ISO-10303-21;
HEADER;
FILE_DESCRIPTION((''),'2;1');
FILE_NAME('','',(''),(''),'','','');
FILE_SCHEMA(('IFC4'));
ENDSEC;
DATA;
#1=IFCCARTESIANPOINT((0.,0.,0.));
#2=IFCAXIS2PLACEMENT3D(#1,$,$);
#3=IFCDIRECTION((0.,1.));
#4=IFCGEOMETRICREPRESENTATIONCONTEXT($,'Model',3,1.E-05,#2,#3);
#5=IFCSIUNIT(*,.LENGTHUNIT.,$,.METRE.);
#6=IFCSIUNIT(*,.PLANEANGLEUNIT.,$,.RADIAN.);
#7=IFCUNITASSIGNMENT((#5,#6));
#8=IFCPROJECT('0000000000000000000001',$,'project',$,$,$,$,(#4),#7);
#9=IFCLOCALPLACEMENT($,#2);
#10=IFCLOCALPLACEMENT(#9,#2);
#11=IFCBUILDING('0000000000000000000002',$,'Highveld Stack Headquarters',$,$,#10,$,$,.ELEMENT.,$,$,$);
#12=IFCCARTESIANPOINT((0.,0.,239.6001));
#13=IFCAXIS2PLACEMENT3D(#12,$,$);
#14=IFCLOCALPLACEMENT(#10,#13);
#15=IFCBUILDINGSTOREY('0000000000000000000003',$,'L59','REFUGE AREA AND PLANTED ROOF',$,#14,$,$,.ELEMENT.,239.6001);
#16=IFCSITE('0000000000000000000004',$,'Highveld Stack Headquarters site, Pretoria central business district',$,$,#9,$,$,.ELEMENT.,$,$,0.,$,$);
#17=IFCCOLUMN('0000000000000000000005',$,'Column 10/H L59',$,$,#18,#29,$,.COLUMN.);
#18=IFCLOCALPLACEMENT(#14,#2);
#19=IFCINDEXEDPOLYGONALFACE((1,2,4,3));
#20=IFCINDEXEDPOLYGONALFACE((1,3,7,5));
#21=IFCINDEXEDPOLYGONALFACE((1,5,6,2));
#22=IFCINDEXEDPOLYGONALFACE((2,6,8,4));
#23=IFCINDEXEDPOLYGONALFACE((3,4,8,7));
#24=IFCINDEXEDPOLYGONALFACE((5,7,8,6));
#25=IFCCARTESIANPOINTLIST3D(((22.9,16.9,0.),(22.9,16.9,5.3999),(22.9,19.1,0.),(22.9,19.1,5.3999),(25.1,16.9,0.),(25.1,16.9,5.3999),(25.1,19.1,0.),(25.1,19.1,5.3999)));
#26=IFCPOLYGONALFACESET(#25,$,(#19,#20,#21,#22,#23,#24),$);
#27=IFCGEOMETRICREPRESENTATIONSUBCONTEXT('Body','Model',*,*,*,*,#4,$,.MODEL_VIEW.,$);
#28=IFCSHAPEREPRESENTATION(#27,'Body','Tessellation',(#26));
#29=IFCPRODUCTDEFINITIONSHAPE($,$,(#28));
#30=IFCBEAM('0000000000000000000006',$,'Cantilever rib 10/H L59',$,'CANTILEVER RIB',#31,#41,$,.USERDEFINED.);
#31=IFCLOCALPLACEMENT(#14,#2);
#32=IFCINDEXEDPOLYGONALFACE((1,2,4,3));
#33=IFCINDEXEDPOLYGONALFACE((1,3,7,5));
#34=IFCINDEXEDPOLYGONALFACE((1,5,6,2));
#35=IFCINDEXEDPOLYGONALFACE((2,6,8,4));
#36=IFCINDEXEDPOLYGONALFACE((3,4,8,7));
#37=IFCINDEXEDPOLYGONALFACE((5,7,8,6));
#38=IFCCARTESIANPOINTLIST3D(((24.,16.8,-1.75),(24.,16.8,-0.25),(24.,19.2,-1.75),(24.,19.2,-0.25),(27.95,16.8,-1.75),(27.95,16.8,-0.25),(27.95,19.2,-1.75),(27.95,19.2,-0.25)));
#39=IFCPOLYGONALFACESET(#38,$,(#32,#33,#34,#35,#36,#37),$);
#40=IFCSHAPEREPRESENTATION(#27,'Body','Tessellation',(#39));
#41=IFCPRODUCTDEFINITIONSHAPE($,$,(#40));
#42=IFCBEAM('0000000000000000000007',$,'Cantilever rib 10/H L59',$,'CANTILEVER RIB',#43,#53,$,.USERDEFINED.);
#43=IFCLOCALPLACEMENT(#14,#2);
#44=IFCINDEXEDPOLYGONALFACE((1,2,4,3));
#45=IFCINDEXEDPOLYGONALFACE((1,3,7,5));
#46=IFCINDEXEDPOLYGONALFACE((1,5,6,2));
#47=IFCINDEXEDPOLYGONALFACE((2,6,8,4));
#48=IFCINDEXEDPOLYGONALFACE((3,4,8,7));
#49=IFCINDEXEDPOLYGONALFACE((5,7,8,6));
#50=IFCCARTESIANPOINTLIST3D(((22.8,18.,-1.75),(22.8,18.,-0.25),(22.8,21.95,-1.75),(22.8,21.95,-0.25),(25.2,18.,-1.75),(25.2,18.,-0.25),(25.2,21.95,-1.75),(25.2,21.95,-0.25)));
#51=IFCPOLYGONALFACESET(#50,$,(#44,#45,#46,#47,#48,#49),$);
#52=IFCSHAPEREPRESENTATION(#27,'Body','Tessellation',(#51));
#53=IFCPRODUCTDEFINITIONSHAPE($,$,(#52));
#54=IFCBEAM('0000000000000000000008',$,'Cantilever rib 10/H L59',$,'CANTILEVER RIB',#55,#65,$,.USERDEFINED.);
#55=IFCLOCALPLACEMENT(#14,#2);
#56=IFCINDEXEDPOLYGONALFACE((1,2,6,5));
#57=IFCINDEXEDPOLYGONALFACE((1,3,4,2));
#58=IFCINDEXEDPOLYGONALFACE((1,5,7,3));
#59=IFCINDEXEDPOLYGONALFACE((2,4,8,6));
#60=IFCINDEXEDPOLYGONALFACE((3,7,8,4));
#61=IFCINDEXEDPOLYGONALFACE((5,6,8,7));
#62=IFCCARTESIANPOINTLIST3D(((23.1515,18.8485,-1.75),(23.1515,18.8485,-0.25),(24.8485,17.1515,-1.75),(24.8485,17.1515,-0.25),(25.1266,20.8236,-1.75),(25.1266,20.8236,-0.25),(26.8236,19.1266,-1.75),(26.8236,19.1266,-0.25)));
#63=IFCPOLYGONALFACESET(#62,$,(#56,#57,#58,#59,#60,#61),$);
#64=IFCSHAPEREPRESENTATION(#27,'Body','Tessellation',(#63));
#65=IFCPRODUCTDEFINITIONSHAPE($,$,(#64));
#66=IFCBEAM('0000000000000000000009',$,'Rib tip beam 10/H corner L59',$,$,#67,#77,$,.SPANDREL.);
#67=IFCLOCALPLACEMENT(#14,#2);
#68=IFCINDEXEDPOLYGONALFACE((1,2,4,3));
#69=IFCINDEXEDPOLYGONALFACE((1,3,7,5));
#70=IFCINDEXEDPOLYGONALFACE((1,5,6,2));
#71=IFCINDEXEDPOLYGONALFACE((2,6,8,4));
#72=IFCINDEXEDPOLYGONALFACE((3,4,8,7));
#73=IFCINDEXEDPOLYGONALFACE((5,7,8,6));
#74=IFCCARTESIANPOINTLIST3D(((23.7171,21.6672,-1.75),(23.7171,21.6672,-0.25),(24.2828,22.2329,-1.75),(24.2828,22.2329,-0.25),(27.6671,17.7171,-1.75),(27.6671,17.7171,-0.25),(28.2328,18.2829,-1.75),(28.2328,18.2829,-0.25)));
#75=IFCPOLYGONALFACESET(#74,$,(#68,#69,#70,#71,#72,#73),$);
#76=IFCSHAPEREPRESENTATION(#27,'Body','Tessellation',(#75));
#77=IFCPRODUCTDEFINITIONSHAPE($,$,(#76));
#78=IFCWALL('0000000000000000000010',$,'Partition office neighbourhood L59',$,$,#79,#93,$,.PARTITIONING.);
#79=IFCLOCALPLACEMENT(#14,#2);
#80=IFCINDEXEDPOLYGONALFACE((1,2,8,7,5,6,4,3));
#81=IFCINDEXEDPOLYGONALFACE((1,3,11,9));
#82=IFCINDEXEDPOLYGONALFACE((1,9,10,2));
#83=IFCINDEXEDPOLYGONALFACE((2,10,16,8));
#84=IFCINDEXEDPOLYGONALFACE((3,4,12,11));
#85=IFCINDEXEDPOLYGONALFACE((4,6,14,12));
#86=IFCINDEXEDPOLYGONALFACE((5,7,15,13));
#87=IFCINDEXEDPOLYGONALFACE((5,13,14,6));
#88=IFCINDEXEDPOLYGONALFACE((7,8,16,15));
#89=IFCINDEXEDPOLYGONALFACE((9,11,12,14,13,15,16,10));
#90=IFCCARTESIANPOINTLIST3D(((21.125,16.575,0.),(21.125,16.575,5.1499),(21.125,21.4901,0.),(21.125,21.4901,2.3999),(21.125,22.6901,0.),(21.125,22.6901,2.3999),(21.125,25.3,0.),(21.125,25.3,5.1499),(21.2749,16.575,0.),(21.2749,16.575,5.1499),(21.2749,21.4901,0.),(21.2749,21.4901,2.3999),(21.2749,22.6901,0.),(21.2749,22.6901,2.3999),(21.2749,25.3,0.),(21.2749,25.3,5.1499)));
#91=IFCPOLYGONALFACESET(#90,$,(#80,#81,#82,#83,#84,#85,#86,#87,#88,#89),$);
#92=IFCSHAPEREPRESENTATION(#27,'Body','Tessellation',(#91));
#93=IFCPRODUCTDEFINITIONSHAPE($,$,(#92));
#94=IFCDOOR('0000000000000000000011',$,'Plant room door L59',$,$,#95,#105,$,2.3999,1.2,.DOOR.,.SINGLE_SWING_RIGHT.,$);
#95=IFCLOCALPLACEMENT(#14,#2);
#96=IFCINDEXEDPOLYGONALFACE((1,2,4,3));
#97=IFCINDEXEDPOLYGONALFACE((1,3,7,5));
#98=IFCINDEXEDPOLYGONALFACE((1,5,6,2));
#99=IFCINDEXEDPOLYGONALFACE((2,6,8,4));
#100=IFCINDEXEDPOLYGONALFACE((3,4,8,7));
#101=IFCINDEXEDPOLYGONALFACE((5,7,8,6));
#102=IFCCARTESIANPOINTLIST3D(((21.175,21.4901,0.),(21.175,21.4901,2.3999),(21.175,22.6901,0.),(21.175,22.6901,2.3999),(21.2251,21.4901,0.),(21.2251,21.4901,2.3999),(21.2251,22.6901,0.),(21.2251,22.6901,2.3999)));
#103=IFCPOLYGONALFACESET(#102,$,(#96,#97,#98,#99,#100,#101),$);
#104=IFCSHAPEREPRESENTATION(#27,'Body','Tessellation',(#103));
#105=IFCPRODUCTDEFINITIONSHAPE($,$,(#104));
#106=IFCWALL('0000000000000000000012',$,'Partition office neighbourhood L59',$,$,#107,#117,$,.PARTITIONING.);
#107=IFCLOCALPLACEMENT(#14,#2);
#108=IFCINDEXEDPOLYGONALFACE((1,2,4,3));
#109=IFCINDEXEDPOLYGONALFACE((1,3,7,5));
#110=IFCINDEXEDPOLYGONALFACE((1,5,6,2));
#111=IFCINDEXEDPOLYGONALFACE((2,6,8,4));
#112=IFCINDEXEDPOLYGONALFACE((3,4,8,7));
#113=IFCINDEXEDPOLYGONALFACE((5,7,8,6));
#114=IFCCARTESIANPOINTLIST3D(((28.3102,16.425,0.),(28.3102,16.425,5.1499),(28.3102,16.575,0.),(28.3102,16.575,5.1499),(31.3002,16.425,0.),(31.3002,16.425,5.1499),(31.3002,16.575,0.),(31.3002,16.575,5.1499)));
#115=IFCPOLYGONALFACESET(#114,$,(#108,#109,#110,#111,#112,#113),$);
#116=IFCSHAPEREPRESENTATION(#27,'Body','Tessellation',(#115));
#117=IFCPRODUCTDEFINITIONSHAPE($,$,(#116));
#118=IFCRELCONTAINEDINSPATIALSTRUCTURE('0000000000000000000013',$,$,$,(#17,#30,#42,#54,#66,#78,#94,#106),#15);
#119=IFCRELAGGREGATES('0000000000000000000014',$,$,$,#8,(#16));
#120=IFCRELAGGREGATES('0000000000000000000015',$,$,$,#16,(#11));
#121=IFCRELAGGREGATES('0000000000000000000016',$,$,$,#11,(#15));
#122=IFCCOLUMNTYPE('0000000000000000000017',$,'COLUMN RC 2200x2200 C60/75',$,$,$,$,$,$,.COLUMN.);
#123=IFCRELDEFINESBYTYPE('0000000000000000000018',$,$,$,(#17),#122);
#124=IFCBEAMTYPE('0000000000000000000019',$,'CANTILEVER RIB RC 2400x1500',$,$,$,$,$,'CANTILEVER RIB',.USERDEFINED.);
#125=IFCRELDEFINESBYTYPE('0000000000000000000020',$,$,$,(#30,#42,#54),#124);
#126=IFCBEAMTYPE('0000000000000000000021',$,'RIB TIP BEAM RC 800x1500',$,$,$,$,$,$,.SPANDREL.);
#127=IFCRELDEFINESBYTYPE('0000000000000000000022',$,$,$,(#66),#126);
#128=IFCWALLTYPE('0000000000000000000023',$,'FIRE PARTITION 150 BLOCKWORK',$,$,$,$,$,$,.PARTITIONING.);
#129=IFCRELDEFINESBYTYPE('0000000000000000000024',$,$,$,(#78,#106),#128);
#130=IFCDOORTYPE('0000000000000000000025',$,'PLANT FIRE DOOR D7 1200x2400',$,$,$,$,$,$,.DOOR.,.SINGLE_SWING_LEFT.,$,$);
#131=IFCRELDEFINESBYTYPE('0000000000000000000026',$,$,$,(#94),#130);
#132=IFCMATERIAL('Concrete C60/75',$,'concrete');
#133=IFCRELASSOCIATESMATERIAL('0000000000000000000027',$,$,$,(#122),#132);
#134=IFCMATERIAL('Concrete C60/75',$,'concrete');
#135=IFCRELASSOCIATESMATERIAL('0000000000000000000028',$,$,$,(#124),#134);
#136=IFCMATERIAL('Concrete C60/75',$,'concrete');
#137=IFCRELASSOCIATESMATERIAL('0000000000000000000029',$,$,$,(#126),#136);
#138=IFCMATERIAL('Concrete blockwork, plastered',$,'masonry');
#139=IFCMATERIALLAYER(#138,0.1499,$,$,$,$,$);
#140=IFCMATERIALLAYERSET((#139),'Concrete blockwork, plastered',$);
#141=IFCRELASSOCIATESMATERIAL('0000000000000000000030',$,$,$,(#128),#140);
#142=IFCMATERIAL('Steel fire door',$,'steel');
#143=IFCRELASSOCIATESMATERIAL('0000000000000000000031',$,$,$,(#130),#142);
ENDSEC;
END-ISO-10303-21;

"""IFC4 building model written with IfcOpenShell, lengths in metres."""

from ifc_helpers import new_model, si_unit, direction, frame, frame_2d, origin, origin_2d, place, context, subcontext, project, spatial, rectangle, extrude, material, layer, layer_set, material_profile, profile_set, type_object, element, fill, save


model = new_model("IFC4")

# Units and contexts
model_context = context("Model", 3, precision=1e-05, world=origin(), true_north=direction((0.0, 1.0)))
body_context = subcontext(model_context, "Body", "Model", "MODEL_VIEW")
ifc_project = project(units=[si_unit("LENGTHUNIT", "METRE"), si_unit("PLANEANGLEUNIT", "RADIAN")], contexts=[model_context])

# Site, building, storey
site_placement = place(None, origin())
site = spatial("IfcSite", under=ifc_project, at=site_placement, Name="Highveld Stack Headquarters site, Pretoria central business district", CompositionType="ELEMENT", RefElevation=0.0)
building_placement = place(site_placement, origin())
building = spatial("IfcBuilding", under=site, at=building_placement, Name="Highveld Stack Headquarters", CompositionType="ELEMENT")
storey_placement = place(building_placement, frame((0.0, 0.0, 239.6001)))
storey = spatial("IfcBuildingStorey", under=building, at=storey_placement, Name="L59", Description="REFUGE AREA AND PLANTED ROOF", CompositionType="ELEMENT", Elevation=239.6001)

# Column
ifc_material_1 = material(Name="Concrete C60/75", Category="concrete")
ifc_material_profile_1 = material_profile(ifc_material_1, rectangle(XDim=2.2, YDim=2.2, at=origin_2d()), Name="RC 2200x2200")
ifc_profile_set_1 = profile_set([ifc_material_profile_1], Name="Concrete C60/75")
column_type = type_object("IfcColumnType", Name="COLUMN RC 2200x2200 C60/75", PredefinedType="COLUMN", material=ifc_profile_set_1)
column_placement = place(storey_placement, frame((24.0, 18.0, 0.0), z_axis=(0.0, 0.0, 1.0), x_axis=(1.0, 0.0, 0.0)))
element("IfcColumn", 1, at=column_placement, inside=storey, type_object=column_type, Name="Column 10/H L59", PredefinedType="COLUMN", context=body_context, shape_type="SweptSolid", body=[
    extrude(rectangle(XDim=2.2, YDim=2.2, at=origin_2d()), origin(), (0.0, 0.0, 1.0), 5.3999),
])

# Beams
ifc_material_2 = material(Name="Concrete C60/75", Category="concrete")
ifc_material_profile_2 = material_profile(ifc_material_2, rectangle(XDim=2.3999, YDim=1.5, at=origin_2d()), Name="RC 2400x1500")
ifc_profile_set_2 = profile_set([ifc_material_profile_2], Name="Concrete C60/75")
beam_type_1 = type_object("IfcBeamType", Name="CANTILEVER RIB RC 2400x1500", ElementType="CANTILEVER RIB", PredefinedType="USERDEFINED", material=ifc_profile_set_2)
for number, where, z_axis, x_axis, name in (
    (2, (24.0, 18.0, -1.0), (1.0, 0.0, 0.0), (0.0, 1.0, 0.0), "Cantilever rib 10/H L59"),
    (3, (24.0, 18.0, -1.0), (0.0, 1.0, 0.0), (-1.0, 0.0, 0.0), "Cantilever rib 10/H L59"),
):
    element("IfcBeam", number, at=place(storey_placement, frame(where, z_axis=z_axis, x_axis=x_axis)), inside=storey, type_object=beam_type_1, Name=name, ObjectType="CANTILEVER RIB", PredefinedType="USERDEFINED", context=body_context, shape_type="SweptSolid", body=[
        extrude(rectangle(XDim=2.3999, YDim=1.5, at=origin_2d()), origin(), (0.0, 0.0, 1.0), 3.95),
    ])
beam_1_placement = place(storey_placement, frame((24.0, 18.0, -1.0), z_axis=(0.707107, 0.707107, 0.0), x_axis=(-0.707107, 0.707107, 0.0)))
element("IfcBeam", 4, at=beam_1_placement, inside=storey, type_object=beam_type_1, Name="Cantilever rib 10/H L59", ObjectType="CANTILEVER RIB", PredefinedType="USERDEFINED", context=body_context, shape_type="SweptSolid", body=[
    extrude(rectangle(XDim=2.3999, YDim=1.5, at=origin_2d()), origin(), (0.0, 0.0, 1.0), 2.7932),
])
ifc_material_3 = material(Name="Concrete C60/75", Category="concrete")
ifc_material_profile_3 = material_profile(ifc_material_3, rectangle(XDim=0.8, YDim=1.5, at=origin_2d()), Name="RC 800x1500")
ifc_profile_set_3 = profile_set([ifc_material_profile_3], Name="Concrete C60/75")
beam_type_2 = type_object("IfcBeamType", Name="RIB TIP BEAM RC 800x1500", PredefinedType="SPANDREL", material=ifc_profile_set_3)
beam_2_placement = place(storey_placement, frame((27.95, 18.0, -1.0), z_axis=(-0.707107, 0.707107, 0.0), x_axis=(-0.707107, -0.707107, 0.0)))
element("IfcBeam", 5, at=beam_2_placement, inside=storey, type_object=beam_type_2, Name="Rib tip beam 10/H corner L59", PredefinedType="SPANDREL", context=body_context, shape_type="SweptSolid", body=[
    extrude(rectangle(XDim=0.8, YDim=1.5, at=origin_2d()), origin(), (0.0, 0.0, 1.0), 5.5862),
])

# Wall, opening, door
ifc_material_4 = material(Name="Concrete blockwork, plastered", Category="masonry")
ifc_layer_1 = layer(ifc_material_4, 0.1499)
ifc_layer_set_1 = layer_set([ifc_layer_1], Name="Concrete blockwork, plastered")
wall_type_1 = type_object("IfcWallType", Name="FIRE PARTITION 150 BLOCKWORK", PredefinedType="PARTITIONING", material=ifc_layer_set_1)
wall_1_placement = place(storey_placement, frame((21.2, 16.575, 0.0), z_axis=(0.0, 0.0, 1.0), x_axis=(0.0, 1.0, 0.0)))
wall_1 = element("IfcWall", 6, at=wall_1_placement, inside=storey, type_object=wall_type_1, Name="Partition office neighbourhood L59", PredefinedType="PARTITIONING", context=body_context, shape_type="SweptSolid", body=[
    extrude(rectangle(XDim=8.7251, YDim=0.1499, at=frame_2d((4.3625, 0.0))), origin(), (0.0, 0.0, 1.0), 5.1499),
])
opening_1_placement = place(wall_1_placement, frame((4.915, 0.0, 0.0)))
opening_1 = element("IfcOpeningElement", 7, at=opening_1_placement, cuts=wall_1, PredefinedType="OPENING", context=body_context, shape_type="SweptSolid", body=[
    extrude(rectangle(XDim=1.2, YDim=2.3999, at=frame_2d((0.6001, 1.2))), frame((0.0, 0.085, 0.0), z_axis=(0.0, -1.0, 0.0), x_axis=(1.0, 0.0, 0.0)), (0.0, 0.0, 1.0), 0.1699),
])
ifc_material_5 = material(Name="Steel fire door", Category="steel")
door_type = type_object("IfcDoorType", Name="PLANT FIRE DOOR D7 1200x2400", OperationType="SINGLE_SWING_LEFT", PredefinedType="DOOR", material=ifc_material_5)
door_placement = place(opening_1_placement, origin())
door = element("IfcDoor", 8, at=door_placement, inside=storey, type_object=door_type, Name="Plant room door L59", OperationType="SINGLE_SWING_RIGHT", OverallHeight=2.3999, OverallWidth=1.2, PredefinedType="DOOR", context=body_context, shape_type="SweptSolid", body=[
    extrude(rectangle(XDim=1.2, YDim=2.3999, at=frame_2d((0.6001, 1.2))), frame((0.0, 0.0249, 0.0), z_axis=(0.0, -1.0, 0.0), x_axis=(1.0, 0.0, 0.0)), (0.0, 0.0, 1.0), 0.05),
])
fill(opening_1, door)

# Wall
wall_2_placement = place(storey_placement, frame((28.3101, 16.5, 0.0), z_axis=(0.0, 0.0, 1.0), x_axis=(1.0, 0.0, 0.0)))
element("IfcWall", 9, at=wall_2_placement, inside=storey, type_object=wall_type_1, Name="Partition office neighbourhood L59", PredefinedType="PARTITIONING", context=body_context, shape_type="SweptSolid", body=[
    extrude(rectangle(XDim=2.99, YDim=0.1499, at=frame_2d((1.4951, 0.0))), origin(), (0.0, 0.0, 1.0), 5.1499),
])

save(model, "model.ifc")
